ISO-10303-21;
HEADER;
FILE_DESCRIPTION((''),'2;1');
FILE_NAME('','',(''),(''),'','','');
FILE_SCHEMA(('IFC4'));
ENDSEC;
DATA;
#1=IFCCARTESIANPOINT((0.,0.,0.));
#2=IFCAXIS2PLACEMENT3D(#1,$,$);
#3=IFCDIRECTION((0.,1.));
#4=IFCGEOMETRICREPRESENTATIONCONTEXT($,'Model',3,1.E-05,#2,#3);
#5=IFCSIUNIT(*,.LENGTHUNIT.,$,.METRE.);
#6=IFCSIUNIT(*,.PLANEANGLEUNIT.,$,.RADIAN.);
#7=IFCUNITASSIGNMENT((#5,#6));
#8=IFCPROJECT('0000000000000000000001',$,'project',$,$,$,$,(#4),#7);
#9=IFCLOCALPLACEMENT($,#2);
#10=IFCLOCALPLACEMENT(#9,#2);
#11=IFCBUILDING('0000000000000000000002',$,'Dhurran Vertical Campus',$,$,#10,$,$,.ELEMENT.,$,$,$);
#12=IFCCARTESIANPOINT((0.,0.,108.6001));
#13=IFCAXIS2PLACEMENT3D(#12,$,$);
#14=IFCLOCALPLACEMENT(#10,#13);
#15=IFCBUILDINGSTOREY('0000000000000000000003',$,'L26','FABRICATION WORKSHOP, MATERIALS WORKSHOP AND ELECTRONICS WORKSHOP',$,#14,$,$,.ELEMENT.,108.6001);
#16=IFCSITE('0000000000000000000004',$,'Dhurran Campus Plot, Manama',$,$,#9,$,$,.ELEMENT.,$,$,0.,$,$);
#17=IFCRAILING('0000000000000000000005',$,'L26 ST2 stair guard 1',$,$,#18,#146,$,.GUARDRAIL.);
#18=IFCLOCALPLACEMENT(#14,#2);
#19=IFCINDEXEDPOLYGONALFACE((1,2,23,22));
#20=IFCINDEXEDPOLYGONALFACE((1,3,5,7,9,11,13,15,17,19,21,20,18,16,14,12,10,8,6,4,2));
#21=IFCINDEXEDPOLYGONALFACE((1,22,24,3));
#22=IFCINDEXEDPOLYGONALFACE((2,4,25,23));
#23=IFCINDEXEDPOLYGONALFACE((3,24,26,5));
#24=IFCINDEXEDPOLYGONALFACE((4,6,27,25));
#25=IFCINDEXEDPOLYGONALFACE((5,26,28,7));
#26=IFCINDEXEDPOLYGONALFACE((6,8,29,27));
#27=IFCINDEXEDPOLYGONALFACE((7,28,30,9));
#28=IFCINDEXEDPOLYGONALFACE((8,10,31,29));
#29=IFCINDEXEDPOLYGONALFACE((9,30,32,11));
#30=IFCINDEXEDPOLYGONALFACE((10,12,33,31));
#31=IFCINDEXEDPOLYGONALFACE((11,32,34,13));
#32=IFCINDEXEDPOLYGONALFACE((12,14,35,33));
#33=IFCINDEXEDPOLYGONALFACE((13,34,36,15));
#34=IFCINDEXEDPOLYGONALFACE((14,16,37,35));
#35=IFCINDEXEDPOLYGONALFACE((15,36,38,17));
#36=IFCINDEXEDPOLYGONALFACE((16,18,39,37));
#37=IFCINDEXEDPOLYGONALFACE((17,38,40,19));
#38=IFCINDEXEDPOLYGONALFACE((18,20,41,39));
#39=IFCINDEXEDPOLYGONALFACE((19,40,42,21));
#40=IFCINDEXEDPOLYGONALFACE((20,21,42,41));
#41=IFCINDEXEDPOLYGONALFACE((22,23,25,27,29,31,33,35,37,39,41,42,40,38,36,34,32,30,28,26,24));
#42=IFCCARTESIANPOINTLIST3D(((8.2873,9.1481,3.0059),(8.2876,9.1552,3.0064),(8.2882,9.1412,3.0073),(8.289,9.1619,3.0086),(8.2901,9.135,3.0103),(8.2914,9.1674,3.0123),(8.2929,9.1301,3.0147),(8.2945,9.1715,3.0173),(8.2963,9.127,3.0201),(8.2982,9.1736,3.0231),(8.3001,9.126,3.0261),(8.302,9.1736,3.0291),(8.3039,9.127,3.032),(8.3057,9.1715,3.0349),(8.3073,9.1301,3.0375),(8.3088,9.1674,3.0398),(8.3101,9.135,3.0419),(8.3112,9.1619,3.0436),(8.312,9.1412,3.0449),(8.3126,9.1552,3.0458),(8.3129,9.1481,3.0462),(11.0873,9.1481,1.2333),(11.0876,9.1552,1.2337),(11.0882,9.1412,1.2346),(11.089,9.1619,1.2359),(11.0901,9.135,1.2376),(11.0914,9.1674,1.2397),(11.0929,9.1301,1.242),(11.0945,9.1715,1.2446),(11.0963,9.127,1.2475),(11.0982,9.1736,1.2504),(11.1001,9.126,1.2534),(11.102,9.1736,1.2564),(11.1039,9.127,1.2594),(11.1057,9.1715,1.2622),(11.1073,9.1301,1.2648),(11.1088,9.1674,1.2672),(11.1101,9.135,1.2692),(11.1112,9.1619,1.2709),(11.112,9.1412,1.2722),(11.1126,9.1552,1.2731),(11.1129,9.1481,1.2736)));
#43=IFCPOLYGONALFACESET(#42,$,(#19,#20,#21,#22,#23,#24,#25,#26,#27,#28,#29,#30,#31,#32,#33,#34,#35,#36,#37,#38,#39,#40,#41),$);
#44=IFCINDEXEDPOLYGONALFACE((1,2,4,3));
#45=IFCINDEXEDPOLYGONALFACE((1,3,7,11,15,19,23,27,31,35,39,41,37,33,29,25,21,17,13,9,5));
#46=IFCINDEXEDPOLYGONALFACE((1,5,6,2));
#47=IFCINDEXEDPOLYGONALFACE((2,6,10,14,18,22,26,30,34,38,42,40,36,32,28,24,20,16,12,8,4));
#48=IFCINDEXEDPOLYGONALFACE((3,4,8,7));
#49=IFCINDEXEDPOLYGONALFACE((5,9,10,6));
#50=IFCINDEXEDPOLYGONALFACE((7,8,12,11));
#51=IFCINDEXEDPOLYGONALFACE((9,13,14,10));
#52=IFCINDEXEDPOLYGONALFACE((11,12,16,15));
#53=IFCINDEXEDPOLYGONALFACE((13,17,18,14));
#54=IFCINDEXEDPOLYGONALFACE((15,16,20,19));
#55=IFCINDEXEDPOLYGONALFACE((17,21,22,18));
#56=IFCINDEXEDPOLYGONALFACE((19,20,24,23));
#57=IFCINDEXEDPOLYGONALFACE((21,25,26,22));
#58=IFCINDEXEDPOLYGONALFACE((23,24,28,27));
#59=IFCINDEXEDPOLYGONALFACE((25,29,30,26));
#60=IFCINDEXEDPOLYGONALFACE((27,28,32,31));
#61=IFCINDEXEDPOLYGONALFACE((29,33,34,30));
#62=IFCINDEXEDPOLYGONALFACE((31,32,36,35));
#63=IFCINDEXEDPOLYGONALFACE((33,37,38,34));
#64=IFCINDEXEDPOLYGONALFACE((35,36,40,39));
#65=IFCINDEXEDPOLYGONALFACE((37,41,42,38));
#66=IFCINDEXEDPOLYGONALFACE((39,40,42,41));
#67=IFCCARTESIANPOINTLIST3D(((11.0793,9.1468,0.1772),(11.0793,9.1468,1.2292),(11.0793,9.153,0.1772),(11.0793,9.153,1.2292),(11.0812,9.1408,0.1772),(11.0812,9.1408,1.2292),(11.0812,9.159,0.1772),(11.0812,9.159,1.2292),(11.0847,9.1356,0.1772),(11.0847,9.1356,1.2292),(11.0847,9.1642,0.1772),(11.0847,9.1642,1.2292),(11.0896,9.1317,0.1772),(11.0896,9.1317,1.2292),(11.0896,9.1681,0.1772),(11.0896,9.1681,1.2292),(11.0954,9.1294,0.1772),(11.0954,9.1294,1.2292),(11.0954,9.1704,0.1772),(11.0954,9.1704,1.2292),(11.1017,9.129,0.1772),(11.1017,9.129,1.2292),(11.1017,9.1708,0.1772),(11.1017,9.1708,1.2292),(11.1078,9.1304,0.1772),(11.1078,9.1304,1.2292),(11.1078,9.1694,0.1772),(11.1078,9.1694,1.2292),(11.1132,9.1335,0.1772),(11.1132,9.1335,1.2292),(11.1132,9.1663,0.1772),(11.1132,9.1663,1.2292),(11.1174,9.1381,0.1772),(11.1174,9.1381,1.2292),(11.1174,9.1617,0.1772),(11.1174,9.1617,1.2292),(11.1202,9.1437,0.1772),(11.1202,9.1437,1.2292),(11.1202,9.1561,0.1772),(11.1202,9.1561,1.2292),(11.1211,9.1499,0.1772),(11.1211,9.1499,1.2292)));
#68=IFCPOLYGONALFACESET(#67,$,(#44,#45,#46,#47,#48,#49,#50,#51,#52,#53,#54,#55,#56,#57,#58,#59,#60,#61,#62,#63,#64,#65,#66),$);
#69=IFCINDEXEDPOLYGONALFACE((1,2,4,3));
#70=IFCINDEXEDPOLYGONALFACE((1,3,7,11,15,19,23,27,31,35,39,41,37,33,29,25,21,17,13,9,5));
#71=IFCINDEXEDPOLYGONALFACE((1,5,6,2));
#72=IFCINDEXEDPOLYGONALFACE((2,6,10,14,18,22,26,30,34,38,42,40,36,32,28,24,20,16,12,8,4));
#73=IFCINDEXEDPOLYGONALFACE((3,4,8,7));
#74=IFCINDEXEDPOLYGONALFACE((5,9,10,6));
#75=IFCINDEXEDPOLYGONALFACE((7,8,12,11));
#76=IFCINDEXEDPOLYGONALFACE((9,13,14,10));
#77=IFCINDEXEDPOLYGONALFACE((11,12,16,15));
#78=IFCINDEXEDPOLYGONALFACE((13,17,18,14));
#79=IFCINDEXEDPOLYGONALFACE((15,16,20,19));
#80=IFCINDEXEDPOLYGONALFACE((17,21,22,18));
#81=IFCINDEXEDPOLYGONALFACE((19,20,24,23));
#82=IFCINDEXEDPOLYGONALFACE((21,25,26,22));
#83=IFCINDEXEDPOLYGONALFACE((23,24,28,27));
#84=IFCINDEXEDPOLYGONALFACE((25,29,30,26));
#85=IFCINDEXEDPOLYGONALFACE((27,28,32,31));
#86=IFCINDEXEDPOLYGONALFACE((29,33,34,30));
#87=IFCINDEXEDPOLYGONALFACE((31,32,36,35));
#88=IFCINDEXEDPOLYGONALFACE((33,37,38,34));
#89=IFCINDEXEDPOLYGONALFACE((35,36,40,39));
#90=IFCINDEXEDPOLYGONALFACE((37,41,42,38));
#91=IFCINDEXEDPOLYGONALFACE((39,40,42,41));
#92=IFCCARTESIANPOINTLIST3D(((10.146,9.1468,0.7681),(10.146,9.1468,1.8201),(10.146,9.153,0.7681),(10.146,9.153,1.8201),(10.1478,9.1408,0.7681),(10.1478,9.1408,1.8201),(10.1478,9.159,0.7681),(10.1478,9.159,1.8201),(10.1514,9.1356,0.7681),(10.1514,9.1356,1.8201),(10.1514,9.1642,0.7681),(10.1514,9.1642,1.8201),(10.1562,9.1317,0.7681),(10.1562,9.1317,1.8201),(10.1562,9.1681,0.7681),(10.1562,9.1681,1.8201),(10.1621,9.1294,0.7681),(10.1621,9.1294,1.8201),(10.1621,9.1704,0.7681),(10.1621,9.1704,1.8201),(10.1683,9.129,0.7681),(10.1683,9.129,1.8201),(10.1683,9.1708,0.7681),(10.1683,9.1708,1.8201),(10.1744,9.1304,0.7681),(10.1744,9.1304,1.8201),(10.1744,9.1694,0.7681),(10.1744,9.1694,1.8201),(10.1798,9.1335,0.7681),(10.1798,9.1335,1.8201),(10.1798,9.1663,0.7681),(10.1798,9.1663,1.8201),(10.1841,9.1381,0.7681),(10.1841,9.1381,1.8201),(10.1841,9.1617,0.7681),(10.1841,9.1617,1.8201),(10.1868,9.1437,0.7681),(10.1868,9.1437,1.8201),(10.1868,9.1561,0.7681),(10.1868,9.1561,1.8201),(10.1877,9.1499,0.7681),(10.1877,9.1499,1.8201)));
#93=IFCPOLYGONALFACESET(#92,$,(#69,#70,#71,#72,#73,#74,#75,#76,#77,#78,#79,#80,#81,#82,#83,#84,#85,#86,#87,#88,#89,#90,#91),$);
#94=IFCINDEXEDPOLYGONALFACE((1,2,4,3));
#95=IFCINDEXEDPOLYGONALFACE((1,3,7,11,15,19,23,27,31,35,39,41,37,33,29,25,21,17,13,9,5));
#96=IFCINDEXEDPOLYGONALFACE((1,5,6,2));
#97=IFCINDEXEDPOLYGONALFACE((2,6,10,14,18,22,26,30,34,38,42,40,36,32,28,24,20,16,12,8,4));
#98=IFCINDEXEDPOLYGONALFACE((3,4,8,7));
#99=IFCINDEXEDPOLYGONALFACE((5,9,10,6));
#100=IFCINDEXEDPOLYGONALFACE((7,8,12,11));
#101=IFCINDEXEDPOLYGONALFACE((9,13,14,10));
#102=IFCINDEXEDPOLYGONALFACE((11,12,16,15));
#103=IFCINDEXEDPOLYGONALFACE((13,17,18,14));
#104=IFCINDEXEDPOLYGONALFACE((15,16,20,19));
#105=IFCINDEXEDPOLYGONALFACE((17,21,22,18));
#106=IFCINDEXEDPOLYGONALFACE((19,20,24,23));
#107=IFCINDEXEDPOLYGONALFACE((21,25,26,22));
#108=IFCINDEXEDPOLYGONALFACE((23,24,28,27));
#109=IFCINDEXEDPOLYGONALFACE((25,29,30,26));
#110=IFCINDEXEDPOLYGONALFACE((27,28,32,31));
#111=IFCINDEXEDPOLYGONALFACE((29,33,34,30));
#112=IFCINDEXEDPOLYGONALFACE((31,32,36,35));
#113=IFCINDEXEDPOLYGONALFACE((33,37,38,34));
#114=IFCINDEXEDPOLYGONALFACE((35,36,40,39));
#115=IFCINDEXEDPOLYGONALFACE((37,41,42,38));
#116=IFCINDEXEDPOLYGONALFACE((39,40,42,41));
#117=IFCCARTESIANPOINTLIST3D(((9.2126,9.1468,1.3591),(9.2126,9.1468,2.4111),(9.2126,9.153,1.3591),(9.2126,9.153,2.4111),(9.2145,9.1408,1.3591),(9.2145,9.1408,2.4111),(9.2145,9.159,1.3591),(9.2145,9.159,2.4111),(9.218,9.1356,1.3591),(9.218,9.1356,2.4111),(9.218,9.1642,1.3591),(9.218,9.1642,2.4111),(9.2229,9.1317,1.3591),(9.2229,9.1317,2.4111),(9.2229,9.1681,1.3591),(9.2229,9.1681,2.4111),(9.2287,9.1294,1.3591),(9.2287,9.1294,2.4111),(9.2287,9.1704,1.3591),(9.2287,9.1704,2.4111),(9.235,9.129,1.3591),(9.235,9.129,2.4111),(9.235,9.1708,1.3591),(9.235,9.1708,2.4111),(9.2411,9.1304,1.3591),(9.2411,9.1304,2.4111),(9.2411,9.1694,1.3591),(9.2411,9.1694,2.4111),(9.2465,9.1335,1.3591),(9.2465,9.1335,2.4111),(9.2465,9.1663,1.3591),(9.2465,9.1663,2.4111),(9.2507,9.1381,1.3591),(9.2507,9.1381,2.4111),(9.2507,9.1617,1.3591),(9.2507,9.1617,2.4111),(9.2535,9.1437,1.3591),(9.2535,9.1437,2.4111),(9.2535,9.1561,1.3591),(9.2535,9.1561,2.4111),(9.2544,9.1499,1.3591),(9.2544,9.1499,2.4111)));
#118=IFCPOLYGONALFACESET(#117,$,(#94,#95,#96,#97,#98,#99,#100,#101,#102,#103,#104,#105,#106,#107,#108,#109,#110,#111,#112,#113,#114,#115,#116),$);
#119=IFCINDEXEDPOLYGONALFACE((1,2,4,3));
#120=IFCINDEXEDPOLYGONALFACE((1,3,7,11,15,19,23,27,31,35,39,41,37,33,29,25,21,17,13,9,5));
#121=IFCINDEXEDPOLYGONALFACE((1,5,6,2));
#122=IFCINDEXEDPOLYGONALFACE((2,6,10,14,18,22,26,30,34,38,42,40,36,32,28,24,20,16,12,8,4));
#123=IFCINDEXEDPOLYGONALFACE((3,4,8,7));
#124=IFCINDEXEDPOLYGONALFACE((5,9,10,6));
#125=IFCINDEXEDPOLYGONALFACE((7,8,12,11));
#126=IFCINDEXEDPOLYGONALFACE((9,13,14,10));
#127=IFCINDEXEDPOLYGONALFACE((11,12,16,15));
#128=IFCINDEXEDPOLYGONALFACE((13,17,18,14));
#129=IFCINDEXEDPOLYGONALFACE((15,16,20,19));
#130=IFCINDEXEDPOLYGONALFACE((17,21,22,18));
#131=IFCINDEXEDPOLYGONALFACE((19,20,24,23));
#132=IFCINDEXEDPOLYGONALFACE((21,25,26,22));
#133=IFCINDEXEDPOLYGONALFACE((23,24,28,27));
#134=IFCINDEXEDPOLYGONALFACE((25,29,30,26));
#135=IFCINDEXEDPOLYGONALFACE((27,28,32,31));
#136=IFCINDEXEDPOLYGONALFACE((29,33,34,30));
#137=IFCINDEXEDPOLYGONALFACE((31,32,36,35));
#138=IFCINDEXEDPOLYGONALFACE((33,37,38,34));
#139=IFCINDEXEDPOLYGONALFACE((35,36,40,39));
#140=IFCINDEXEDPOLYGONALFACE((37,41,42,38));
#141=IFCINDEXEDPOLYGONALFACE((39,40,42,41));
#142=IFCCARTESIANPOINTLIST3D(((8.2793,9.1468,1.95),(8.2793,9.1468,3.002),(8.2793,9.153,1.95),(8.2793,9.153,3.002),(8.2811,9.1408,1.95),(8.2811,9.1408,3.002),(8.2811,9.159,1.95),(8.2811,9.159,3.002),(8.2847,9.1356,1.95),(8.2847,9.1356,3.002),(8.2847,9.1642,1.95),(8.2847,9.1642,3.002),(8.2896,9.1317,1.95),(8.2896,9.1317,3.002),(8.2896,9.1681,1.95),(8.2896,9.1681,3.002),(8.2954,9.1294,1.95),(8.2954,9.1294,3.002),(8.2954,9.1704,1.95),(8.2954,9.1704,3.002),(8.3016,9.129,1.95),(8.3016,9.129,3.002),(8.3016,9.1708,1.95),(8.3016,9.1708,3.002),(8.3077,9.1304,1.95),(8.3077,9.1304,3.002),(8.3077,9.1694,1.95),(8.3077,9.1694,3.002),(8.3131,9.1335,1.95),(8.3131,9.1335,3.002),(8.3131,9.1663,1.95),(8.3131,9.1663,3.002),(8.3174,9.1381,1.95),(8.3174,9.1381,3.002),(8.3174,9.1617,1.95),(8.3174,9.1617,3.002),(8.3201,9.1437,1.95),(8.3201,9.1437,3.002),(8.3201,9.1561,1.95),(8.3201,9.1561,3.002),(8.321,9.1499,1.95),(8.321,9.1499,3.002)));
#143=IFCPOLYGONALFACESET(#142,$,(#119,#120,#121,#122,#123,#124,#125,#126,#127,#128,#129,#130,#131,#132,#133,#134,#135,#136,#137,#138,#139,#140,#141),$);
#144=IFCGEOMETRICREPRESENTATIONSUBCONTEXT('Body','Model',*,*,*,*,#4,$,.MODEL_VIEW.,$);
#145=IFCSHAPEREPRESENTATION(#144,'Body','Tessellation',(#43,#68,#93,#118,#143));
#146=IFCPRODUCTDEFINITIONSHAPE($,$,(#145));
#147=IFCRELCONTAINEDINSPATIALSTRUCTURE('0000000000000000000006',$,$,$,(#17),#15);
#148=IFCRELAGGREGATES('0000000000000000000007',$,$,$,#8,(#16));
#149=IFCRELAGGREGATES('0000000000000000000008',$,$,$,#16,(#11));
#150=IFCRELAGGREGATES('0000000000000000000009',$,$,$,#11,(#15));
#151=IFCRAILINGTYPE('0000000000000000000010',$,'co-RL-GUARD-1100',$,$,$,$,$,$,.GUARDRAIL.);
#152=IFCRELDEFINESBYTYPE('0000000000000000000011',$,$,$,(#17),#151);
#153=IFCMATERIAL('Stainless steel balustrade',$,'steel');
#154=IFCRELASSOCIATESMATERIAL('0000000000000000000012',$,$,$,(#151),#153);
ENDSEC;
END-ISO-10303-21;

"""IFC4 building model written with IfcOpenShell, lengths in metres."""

from ifc_helpers import new_model, si_unit, direction, frame, origin, origin_2d, place, context, subcontext, project, spatial, circle, extrude, material, type_object, element, save


model = new_model("IFC4")

# Units and contexts
model_context = context("Model", 3, precision=1e-05, world=origin(), true_north=direction((0.0, 1.0)))
body_context = subcontext(model_context, "Body", "Model", "MODEL_VIEW")
ifc_project = project(units=[si_unit("LENGTHUNIT", "METRE"), si_unit("PLANEANGLEUNIT", "RADIAN")], contexts=[model_context])

# Site, building, storey
site_placement = place(None, origin())
site = spatial("IfcSite", under=ifc_project, at=site_placement, Name="Dhurran Campus Plot, Manama", CompositionType="ELEMENT", RefElevation=0.0)
building_placement = place(site_placement, origin())
building = spatial("IfcBuilding", under=site, at=building_placement, Name="Dhurran Vertical Campus", CompositionType="ELEMENT")
storey_placement = place(building_placement, frame((0.0, 0.0, 108.6001)))
storey = spatial("IfcBuildingStorey", under=building, at=storey_placement, Name="L26", Description="FABRICATION WORKSHOP, MATERIALS WORKSHOP AND ELECTRONICS WORKSHOP", CompositionType="ELEMENT", Elevation=108.6001)

# Railing
ifc_material_1 = material(Name="Stainless steel balustrade", Category="steel")
railing_type_1 = type_object("IfcRailingType", Name="co-RL-GUARD-1100", PredefinedType="GUARDRAIL", material=ifc_material_1)
railing_1_placement = place(storey_placement, frame((11.1001, 9.1499, 0.1772)))
element("IfcRailing", 1, at=railing_1_placement, inside=storey, type_object=railing_type_1, Name="L26 ST2 stair guard 1", PredefinedType="GUARDRAIL", context=body_context, shape_type="SweptSolid", body=[
    extrude(circle(Radius=0.0239, at=origin_2d()), frame((0.0, 0.0, 1.0762), z_axis=(-0.844909, 0.0, 0.53491), x_axis=(0.0, -1.0, 0.0)), (0.0, 0.0, 1.0), 3.314),
    extrude(circle(Radius=0.021, at=origin_2d()), origin(), (0.0, 0.0, 1.0), 1.052),
    extrude(circle(Radius=0.021, at=origin_2d()), frame((-0.9333, 0.0, 0.5908)), (0.0, 0.0, 1.0), 1.052),
    extrude(circle(Radius=0.021, at=origin_2d()), frame((-1.8667, 0.0, 1.1819)), (0.0, 0.0, 1.0), 1.052),
    extrude(circle(Radius=0.021, at=origin_2d()), frame((-2.8, 0.0, 1.7727)), (0.0, 0.0, 1.0), 1.052),
])

save(model, "model.ifc")
